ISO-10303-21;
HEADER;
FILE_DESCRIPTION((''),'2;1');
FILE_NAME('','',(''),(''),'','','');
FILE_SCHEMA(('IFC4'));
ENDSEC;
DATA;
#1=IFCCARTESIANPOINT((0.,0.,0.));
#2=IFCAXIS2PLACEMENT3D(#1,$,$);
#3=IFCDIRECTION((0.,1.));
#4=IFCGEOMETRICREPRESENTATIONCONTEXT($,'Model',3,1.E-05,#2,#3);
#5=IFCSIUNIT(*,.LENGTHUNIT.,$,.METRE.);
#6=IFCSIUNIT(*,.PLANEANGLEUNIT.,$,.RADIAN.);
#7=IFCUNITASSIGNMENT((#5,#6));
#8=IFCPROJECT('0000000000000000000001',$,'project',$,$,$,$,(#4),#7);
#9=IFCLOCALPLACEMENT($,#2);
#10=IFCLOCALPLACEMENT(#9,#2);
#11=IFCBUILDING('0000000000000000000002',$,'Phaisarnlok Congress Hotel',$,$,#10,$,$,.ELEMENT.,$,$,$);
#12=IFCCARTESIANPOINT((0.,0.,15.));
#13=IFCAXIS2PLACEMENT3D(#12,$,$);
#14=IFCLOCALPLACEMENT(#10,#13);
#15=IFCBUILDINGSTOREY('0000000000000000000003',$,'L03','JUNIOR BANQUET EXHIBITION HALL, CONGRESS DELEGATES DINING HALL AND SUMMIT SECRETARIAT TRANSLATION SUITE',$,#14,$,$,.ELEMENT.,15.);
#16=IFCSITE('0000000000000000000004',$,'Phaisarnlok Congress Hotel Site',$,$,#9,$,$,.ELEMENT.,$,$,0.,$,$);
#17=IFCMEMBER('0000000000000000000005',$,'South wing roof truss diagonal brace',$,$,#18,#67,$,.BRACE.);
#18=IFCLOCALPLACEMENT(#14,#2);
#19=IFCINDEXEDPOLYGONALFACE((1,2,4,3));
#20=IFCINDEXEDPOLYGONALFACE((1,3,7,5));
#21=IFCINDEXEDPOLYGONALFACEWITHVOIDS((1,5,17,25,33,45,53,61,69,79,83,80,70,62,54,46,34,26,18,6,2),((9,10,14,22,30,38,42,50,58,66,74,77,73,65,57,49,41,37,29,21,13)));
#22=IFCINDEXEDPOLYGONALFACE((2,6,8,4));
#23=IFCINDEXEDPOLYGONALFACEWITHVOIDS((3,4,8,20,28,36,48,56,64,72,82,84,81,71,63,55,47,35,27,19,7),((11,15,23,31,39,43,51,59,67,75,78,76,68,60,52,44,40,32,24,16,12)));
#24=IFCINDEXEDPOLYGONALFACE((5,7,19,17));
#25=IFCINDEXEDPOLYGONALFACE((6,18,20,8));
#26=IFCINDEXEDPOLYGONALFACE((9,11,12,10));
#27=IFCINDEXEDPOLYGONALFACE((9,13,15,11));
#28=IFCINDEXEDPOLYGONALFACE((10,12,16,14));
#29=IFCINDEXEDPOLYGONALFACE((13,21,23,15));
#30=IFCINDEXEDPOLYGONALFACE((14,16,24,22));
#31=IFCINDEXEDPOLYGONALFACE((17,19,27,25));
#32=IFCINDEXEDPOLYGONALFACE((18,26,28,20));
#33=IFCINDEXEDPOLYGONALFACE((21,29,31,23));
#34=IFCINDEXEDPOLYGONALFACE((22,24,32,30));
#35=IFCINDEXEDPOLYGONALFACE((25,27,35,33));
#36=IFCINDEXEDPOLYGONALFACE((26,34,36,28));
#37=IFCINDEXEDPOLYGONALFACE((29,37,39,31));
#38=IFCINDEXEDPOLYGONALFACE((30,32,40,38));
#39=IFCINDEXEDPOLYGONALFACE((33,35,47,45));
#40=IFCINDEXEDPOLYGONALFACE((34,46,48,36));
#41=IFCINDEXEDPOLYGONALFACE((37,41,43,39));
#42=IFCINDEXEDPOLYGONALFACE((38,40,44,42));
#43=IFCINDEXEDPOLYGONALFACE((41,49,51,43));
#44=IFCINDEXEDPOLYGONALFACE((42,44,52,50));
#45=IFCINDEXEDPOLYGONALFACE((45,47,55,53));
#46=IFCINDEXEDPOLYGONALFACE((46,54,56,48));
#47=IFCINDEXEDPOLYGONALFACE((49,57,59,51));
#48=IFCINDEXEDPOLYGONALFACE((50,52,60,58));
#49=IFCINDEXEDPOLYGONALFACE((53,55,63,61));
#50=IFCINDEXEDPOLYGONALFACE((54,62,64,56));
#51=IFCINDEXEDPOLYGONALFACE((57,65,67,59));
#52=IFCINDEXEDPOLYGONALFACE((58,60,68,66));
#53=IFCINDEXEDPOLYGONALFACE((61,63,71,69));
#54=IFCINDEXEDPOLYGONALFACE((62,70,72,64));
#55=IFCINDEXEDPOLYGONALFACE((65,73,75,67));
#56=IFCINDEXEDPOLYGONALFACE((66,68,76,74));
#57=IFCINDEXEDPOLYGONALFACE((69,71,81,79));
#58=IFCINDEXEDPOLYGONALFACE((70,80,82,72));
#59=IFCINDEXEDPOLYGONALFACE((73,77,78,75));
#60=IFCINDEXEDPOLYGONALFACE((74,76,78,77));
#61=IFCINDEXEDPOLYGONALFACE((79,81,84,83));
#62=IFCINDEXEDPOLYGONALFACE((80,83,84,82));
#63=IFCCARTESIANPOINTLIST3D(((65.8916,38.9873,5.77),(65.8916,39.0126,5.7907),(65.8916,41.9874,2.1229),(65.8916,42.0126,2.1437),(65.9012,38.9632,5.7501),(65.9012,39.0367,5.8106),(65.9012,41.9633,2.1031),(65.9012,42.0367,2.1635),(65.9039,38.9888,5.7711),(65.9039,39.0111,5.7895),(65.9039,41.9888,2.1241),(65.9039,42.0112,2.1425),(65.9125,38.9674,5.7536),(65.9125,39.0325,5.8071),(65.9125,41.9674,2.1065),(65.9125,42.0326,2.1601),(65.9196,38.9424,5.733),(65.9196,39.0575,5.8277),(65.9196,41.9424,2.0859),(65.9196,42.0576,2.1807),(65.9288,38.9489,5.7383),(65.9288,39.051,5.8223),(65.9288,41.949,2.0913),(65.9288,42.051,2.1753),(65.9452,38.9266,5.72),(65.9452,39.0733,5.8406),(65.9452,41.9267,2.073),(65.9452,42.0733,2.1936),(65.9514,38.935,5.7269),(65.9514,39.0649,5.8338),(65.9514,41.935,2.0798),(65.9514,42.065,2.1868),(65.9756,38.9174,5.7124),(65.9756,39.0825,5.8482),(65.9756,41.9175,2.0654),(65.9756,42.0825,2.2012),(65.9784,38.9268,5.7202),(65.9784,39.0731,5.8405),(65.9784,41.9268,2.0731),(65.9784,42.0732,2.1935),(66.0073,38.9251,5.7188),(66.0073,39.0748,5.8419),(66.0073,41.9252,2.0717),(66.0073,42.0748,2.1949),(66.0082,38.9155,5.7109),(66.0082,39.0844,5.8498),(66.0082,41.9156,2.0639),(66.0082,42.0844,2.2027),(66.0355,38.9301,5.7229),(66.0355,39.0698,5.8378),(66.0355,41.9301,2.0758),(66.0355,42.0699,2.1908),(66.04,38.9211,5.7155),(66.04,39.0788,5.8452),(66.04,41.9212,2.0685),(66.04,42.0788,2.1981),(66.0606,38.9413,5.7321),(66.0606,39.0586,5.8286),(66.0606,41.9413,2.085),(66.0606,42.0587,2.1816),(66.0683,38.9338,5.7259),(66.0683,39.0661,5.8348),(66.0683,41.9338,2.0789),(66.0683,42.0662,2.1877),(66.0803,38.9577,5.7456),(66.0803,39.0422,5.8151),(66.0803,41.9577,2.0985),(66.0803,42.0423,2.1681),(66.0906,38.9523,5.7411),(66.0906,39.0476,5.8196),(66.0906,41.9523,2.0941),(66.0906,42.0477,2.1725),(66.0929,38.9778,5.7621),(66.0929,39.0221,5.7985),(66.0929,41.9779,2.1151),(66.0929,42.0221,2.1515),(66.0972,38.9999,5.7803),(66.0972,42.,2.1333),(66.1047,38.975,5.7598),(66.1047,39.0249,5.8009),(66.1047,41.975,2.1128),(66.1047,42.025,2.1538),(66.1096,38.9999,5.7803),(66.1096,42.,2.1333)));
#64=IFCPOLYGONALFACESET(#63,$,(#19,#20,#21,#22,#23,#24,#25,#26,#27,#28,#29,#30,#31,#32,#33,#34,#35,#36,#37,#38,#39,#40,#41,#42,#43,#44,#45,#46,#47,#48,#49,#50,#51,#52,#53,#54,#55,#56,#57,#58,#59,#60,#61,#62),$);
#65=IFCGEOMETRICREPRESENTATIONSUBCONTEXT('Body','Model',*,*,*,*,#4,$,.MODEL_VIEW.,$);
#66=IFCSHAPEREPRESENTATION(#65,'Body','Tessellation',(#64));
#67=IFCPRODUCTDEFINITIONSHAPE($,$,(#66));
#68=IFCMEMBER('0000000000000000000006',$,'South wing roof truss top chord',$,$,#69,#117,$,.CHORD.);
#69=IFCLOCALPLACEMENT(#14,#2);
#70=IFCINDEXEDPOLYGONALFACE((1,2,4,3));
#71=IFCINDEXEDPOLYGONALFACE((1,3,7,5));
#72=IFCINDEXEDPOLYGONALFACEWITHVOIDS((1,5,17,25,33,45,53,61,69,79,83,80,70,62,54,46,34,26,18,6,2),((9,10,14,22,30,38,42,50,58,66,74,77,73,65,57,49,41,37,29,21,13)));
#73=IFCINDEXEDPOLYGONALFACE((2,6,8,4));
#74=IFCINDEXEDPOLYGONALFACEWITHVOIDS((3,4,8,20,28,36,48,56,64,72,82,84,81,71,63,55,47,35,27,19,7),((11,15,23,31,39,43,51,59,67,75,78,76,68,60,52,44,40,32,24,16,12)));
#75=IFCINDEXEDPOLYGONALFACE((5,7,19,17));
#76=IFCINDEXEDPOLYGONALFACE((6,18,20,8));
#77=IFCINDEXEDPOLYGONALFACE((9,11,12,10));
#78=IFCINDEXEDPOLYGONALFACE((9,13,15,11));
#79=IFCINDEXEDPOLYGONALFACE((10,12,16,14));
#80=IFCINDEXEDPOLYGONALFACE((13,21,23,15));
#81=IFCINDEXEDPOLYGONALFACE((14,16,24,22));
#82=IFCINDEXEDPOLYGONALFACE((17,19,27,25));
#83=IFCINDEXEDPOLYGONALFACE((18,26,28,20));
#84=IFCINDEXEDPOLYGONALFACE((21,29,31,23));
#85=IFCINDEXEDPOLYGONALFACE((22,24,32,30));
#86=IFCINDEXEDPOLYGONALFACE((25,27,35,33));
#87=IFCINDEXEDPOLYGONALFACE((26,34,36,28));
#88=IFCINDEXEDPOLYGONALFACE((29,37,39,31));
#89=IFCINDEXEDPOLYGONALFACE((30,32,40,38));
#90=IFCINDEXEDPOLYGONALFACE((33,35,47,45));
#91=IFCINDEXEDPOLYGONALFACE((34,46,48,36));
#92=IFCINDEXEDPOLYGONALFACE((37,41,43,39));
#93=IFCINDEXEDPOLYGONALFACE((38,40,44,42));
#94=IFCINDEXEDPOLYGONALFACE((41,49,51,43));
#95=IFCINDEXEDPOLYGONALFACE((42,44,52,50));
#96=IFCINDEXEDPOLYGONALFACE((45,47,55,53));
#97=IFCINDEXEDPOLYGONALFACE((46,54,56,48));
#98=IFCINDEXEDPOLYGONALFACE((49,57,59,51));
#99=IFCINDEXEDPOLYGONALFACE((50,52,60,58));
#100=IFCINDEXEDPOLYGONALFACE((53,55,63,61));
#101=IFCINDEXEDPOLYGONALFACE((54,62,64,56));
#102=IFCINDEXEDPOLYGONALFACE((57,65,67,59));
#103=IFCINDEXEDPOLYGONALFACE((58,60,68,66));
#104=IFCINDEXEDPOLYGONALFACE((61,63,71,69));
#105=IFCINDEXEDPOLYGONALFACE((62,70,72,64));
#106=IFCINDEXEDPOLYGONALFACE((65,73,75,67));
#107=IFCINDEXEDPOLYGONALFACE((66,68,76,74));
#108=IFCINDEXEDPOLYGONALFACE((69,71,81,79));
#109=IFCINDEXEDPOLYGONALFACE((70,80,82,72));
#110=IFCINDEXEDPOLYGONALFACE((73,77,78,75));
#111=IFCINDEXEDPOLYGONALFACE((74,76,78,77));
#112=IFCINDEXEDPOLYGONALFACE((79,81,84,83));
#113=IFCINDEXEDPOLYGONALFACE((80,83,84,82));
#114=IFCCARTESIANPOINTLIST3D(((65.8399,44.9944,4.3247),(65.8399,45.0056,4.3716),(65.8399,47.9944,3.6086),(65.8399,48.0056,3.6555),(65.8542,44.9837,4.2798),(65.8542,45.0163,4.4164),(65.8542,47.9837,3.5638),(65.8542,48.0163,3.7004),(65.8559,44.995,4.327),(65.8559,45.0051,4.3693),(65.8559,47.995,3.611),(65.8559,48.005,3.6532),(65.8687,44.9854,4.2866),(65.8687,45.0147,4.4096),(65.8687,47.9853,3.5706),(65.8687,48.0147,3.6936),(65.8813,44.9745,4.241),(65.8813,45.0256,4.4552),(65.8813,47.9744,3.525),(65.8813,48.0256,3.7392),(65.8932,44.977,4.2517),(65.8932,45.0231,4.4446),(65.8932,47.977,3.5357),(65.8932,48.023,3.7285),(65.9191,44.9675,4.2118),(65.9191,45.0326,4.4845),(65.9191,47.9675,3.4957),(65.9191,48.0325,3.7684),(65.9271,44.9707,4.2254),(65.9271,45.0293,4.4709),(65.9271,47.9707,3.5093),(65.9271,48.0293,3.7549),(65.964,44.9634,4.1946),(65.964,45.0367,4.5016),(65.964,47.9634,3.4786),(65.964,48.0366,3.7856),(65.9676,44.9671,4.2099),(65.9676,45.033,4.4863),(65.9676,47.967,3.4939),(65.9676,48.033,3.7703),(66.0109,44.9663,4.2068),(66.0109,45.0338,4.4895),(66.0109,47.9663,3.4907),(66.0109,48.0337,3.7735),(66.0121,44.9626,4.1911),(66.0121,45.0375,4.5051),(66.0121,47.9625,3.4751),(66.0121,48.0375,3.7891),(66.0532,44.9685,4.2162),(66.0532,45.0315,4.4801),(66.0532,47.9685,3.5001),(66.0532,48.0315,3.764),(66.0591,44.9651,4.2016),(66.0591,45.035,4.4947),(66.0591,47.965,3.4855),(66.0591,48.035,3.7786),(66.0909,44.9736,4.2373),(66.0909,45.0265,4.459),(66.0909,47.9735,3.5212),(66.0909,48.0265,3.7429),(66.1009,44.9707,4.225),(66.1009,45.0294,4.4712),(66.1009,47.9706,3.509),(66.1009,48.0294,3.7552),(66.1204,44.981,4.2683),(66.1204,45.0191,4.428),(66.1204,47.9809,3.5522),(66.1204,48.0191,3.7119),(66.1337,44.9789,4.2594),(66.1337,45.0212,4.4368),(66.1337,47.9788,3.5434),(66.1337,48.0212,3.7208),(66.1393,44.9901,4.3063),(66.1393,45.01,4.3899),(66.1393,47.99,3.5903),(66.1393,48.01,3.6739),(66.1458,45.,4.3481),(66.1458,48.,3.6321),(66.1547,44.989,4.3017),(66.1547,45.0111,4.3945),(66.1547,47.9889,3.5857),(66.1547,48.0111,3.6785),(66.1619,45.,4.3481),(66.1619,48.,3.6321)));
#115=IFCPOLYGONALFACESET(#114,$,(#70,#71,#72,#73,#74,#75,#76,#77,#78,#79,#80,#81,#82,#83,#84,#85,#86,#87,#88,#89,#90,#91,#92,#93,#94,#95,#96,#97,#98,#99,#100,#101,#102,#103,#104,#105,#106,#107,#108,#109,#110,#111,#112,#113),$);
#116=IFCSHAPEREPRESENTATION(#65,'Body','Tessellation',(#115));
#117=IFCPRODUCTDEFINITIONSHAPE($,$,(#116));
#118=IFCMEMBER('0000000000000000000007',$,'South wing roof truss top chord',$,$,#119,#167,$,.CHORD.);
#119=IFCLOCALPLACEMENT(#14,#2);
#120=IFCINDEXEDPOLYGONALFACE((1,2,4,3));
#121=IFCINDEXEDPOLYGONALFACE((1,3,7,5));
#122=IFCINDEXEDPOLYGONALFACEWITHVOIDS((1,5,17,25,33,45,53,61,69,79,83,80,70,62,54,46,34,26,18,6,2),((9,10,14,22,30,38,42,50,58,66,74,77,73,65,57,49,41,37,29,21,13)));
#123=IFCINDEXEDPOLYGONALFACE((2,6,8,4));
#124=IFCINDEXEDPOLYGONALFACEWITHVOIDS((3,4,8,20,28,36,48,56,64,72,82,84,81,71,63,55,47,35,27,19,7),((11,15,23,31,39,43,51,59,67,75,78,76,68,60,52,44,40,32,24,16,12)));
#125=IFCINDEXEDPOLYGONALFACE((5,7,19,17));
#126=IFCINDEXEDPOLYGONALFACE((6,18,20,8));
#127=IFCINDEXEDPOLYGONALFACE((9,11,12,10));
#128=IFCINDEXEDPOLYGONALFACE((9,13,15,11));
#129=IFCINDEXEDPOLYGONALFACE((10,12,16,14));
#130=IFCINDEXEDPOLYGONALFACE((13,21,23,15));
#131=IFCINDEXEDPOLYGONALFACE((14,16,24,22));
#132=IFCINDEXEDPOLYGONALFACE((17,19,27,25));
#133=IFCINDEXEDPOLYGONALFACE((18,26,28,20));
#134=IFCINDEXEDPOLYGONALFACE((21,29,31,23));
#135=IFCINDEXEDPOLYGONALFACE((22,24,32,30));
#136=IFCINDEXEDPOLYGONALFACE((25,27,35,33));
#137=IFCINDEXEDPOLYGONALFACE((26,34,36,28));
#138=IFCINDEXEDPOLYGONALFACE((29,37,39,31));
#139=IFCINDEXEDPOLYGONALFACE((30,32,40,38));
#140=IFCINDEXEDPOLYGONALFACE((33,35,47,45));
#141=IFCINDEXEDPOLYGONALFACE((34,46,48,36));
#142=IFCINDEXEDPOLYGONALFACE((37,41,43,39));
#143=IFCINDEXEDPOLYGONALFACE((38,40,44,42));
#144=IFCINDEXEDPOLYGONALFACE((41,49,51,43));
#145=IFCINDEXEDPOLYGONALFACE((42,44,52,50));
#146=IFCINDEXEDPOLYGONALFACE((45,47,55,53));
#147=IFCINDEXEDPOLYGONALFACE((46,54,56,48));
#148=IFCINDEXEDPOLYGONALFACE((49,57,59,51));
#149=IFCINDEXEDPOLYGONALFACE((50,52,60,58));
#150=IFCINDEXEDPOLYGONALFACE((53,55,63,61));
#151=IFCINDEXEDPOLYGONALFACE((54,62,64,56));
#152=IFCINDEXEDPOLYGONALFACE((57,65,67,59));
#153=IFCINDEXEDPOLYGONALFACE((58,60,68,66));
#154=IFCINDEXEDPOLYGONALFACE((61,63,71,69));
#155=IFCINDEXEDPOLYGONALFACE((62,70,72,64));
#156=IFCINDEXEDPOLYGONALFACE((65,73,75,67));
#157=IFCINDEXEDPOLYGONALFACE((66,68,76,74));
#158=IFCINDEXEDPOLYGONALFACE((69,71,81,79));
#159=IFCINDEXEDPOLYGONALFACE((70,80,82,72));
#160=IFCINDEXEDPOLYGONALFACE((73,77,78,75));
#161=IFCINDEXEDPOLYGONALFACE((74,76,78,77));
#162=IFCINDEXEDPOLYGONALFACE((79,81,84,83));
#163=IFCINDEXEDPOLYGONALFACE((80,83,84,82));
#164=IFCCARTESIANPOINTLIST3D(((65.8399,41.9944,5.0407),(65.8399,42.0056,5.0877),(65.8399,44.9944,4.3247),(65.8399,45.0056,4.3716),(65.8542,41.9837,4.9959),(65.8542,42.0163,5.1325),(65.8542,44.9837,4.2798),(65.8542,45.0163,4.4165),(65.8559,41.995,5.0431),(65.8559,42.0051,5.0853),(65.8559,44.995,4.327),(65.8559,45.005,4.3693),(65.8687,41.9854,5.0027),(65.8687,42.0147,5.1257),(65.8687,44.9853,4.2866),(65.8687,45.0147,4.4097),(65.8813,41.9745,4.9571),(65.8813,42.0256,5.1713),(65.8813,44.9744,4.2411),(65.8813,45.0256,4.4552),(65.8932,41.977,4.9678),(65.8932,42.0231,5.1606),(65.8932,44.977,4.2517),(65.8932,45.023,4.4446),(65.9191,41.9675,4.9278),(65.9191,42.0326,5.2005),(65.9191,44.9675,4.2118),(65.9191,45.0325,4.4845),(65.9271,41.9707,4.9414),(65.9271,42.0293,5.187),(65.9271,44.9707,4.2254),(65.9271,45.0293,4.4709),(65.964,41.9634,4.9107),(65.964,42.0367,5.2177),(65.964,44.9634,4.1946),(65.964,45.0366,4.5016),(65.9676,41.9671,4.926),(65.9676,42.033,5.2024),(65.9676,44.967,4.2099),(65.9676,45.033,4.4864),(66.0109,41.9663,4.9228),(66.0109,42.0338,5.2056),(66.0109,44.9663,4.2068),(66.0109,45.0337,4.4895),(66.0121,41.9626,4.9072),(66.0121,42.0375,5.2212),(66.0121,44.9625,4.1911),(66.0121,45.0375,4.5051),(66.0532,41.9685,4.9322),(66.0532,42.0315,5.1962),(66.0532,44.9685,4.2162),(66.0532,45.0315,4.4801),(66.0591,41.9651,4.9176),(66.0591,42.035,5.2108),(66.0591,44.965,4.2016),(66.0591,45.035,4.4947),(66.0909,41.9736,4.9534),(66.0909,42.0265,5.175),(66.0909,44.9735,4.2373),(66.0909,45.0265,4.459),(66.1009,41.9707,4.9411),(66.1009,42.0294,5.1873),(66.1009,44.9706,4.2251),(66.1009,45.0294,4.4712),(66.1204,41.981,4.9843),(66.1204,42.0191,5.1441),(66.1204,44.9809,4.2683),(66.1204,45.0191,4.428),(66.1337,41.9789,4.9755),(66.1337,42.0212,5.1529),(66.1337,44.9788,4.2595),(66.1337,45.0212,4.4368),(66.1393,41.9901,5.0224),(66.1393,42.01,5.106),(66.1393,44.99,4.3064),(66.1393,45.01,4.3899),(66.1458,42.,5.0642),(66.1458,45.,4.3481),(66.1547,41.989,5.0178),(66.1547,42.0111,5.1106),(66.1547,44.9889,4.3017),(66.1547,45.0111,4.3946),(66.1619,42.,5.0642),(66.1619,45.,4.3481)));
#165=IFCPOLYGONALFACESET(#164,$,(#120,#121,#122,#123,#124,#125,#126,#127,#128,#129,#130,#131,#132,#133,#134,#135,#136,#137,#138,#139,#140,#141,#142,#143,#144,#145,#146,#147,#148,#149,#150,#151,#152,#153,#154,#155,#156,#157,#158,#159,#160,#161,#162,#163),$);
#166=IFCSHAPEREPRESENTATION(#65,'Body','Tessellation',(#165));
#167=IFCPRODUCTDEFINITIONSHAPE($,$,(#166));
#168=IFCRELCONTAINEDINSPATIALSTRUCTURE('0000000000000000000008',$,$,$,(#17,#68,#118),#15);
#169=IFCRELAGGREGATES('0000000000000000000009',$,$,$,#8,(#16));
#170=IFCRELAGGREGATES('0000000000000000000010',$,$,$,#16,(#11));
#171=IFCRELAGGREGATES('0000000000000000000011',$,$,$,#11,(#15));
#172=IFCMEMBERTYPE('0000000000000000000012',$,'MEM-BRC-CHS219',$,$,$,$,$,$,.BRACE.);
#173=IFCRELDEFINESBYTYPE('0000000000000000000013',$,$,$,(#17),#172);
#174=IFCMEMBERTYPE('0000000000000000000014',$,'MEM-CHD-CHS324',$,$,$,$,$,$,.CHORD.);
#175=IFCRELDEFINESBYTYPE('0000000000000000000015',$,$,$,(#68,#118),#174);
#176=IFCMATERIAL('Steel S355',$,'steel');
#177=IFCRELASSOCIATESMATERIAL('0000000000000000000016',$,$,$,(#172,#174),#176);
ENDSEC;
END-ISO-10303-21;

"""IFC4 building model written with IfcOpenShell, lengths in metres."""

from ifc_helpers import new_model, si_unit, direction, frame, origin, origin_2d, place, context, subcontext, project, spatial, hollow_circle, extrude, material, material_profile, profile_set, type_object, element, save


model = new_model("IFC4")

# Units and contexts
model_context = context("Model", 3, precision=1e-05, world=origin(), true_north=direction((0.0, 1.0)))
body_context = subcontext(model_context, "Body", "Model", "MODEL_VIEW")
ifc_project = project(units=[si_unit("LENGTHUNIT", "METRE"), si_unit("PLANEANGLEUNIT", "RADIAN")], contexts=[model_context])

# Site, building, storey
site_placement = place(None, origin())
site = spatial("IfcSite", under=ifc_project, at=site_placement, Name="Phaisarnlok Congress Hotel Site", CompositionType="ELEMENT", RefElevation=0.0)
building_placement = place(site_placement, origin())
building = spatial("IfcBuilding", under=site, at=building_placement, Name="Phaisarnlok Congress Hotel", CompositionType="ELEMENT")
storey_placement = place(building_placement, frame((0.0, 0.0, 15.0)))
storey = spatial("IfcBuildingStorey", under=building, at=storey_placement, Name="L03", Description="JUNIOR BANQUET EXHIBITION HALL, CONGRESS DELEGATES DINING HALL AND SUMMIT SECRETARIAT TRANSLATION SUITE", CompositionType="ELEMENT", Elevation=15.0)

# Shared definitions
ifc_material_1 = material(Name="Steel S355", Category="steel")

# Members
ifc_material_profile_1 = material_profile(ifc_material_1, hollow_circle(Radius=0.1096, WallThickness=0.0125, at=origin_2d()), Name="CHS 219.1x12.5")
ifc_profile_set_1 = profile_set([ifc_material_profile_1], Name="Steel S355")
member_type_1 = type_object("IfcMemberType", Name="MEM-BRC-CHS219", PredefinedType="BRACE", material=ifc_profile_set_1)
member_1_placement = place(storey_placement, frame((66.0, 42.0, 2.1333), z_axis=(0.0, -0.635279, 0.772282), x_axis=(1.0, 0.0, 0.0)))
element("IfcMember", 1, at=member_1_placement, inside=storey, type_object=member_type_1, Name="South wing roof truss diagonal brace", PredefinedType="BRACE", context=body_context, shape_type="SweptSolid", body=[
    extrude(hollow_circle(Radius=0.1096, WallThickness=0.0125, at=origin_2d()), origin(), (0.0, 0.0, 1.0), 4.7224),
])
ifc_material_profile_2 = material_profile(ifc_material_1, hollow_circle(Radius=0.1619, WallThickness=0.0161, at=origin_2d()), Name="CHS 323.9x16")
ifc_profile_set_2 = profile_set([ifc_material_profile_2], Name="Steel S355")
member_type_2 = type_object("IfcMemberType", Name="MEM-CHD-CHS324", PredefinedType="CHORD", material=ifc_profile_set_2)
for number, where, z_axis, x_axis, name in (
    (2, (66.0, 48.0, 3.6321), (0.0, -0.972676, 0.232166), (1.0, 0.0, 0.0), "South wing roof truss top chord"),
    (3, (66.0, 45.0, 4.3481), (0.0, -0.972676, 0.232166), (1.0, 0.0, 0.0), "South wing roof truss top chord"),
):
    element("IfcMember", number, at=place(storey_placement, frame(where, z_axis=z_axis, x_axis=x_axis)), inside=storey, type_object=member_type_2, Name=name, PredefinedType="CHORD", context=body_context, shape_type="SweptSolid", body=[
        extrude(hollow_circle(Radius=0.1619, WallThickness=0.0161, at=origin_2d()), origin(), (0.0, 0.0, 1.0), 3.0842),
    ])

save(model, "model.ifc")
